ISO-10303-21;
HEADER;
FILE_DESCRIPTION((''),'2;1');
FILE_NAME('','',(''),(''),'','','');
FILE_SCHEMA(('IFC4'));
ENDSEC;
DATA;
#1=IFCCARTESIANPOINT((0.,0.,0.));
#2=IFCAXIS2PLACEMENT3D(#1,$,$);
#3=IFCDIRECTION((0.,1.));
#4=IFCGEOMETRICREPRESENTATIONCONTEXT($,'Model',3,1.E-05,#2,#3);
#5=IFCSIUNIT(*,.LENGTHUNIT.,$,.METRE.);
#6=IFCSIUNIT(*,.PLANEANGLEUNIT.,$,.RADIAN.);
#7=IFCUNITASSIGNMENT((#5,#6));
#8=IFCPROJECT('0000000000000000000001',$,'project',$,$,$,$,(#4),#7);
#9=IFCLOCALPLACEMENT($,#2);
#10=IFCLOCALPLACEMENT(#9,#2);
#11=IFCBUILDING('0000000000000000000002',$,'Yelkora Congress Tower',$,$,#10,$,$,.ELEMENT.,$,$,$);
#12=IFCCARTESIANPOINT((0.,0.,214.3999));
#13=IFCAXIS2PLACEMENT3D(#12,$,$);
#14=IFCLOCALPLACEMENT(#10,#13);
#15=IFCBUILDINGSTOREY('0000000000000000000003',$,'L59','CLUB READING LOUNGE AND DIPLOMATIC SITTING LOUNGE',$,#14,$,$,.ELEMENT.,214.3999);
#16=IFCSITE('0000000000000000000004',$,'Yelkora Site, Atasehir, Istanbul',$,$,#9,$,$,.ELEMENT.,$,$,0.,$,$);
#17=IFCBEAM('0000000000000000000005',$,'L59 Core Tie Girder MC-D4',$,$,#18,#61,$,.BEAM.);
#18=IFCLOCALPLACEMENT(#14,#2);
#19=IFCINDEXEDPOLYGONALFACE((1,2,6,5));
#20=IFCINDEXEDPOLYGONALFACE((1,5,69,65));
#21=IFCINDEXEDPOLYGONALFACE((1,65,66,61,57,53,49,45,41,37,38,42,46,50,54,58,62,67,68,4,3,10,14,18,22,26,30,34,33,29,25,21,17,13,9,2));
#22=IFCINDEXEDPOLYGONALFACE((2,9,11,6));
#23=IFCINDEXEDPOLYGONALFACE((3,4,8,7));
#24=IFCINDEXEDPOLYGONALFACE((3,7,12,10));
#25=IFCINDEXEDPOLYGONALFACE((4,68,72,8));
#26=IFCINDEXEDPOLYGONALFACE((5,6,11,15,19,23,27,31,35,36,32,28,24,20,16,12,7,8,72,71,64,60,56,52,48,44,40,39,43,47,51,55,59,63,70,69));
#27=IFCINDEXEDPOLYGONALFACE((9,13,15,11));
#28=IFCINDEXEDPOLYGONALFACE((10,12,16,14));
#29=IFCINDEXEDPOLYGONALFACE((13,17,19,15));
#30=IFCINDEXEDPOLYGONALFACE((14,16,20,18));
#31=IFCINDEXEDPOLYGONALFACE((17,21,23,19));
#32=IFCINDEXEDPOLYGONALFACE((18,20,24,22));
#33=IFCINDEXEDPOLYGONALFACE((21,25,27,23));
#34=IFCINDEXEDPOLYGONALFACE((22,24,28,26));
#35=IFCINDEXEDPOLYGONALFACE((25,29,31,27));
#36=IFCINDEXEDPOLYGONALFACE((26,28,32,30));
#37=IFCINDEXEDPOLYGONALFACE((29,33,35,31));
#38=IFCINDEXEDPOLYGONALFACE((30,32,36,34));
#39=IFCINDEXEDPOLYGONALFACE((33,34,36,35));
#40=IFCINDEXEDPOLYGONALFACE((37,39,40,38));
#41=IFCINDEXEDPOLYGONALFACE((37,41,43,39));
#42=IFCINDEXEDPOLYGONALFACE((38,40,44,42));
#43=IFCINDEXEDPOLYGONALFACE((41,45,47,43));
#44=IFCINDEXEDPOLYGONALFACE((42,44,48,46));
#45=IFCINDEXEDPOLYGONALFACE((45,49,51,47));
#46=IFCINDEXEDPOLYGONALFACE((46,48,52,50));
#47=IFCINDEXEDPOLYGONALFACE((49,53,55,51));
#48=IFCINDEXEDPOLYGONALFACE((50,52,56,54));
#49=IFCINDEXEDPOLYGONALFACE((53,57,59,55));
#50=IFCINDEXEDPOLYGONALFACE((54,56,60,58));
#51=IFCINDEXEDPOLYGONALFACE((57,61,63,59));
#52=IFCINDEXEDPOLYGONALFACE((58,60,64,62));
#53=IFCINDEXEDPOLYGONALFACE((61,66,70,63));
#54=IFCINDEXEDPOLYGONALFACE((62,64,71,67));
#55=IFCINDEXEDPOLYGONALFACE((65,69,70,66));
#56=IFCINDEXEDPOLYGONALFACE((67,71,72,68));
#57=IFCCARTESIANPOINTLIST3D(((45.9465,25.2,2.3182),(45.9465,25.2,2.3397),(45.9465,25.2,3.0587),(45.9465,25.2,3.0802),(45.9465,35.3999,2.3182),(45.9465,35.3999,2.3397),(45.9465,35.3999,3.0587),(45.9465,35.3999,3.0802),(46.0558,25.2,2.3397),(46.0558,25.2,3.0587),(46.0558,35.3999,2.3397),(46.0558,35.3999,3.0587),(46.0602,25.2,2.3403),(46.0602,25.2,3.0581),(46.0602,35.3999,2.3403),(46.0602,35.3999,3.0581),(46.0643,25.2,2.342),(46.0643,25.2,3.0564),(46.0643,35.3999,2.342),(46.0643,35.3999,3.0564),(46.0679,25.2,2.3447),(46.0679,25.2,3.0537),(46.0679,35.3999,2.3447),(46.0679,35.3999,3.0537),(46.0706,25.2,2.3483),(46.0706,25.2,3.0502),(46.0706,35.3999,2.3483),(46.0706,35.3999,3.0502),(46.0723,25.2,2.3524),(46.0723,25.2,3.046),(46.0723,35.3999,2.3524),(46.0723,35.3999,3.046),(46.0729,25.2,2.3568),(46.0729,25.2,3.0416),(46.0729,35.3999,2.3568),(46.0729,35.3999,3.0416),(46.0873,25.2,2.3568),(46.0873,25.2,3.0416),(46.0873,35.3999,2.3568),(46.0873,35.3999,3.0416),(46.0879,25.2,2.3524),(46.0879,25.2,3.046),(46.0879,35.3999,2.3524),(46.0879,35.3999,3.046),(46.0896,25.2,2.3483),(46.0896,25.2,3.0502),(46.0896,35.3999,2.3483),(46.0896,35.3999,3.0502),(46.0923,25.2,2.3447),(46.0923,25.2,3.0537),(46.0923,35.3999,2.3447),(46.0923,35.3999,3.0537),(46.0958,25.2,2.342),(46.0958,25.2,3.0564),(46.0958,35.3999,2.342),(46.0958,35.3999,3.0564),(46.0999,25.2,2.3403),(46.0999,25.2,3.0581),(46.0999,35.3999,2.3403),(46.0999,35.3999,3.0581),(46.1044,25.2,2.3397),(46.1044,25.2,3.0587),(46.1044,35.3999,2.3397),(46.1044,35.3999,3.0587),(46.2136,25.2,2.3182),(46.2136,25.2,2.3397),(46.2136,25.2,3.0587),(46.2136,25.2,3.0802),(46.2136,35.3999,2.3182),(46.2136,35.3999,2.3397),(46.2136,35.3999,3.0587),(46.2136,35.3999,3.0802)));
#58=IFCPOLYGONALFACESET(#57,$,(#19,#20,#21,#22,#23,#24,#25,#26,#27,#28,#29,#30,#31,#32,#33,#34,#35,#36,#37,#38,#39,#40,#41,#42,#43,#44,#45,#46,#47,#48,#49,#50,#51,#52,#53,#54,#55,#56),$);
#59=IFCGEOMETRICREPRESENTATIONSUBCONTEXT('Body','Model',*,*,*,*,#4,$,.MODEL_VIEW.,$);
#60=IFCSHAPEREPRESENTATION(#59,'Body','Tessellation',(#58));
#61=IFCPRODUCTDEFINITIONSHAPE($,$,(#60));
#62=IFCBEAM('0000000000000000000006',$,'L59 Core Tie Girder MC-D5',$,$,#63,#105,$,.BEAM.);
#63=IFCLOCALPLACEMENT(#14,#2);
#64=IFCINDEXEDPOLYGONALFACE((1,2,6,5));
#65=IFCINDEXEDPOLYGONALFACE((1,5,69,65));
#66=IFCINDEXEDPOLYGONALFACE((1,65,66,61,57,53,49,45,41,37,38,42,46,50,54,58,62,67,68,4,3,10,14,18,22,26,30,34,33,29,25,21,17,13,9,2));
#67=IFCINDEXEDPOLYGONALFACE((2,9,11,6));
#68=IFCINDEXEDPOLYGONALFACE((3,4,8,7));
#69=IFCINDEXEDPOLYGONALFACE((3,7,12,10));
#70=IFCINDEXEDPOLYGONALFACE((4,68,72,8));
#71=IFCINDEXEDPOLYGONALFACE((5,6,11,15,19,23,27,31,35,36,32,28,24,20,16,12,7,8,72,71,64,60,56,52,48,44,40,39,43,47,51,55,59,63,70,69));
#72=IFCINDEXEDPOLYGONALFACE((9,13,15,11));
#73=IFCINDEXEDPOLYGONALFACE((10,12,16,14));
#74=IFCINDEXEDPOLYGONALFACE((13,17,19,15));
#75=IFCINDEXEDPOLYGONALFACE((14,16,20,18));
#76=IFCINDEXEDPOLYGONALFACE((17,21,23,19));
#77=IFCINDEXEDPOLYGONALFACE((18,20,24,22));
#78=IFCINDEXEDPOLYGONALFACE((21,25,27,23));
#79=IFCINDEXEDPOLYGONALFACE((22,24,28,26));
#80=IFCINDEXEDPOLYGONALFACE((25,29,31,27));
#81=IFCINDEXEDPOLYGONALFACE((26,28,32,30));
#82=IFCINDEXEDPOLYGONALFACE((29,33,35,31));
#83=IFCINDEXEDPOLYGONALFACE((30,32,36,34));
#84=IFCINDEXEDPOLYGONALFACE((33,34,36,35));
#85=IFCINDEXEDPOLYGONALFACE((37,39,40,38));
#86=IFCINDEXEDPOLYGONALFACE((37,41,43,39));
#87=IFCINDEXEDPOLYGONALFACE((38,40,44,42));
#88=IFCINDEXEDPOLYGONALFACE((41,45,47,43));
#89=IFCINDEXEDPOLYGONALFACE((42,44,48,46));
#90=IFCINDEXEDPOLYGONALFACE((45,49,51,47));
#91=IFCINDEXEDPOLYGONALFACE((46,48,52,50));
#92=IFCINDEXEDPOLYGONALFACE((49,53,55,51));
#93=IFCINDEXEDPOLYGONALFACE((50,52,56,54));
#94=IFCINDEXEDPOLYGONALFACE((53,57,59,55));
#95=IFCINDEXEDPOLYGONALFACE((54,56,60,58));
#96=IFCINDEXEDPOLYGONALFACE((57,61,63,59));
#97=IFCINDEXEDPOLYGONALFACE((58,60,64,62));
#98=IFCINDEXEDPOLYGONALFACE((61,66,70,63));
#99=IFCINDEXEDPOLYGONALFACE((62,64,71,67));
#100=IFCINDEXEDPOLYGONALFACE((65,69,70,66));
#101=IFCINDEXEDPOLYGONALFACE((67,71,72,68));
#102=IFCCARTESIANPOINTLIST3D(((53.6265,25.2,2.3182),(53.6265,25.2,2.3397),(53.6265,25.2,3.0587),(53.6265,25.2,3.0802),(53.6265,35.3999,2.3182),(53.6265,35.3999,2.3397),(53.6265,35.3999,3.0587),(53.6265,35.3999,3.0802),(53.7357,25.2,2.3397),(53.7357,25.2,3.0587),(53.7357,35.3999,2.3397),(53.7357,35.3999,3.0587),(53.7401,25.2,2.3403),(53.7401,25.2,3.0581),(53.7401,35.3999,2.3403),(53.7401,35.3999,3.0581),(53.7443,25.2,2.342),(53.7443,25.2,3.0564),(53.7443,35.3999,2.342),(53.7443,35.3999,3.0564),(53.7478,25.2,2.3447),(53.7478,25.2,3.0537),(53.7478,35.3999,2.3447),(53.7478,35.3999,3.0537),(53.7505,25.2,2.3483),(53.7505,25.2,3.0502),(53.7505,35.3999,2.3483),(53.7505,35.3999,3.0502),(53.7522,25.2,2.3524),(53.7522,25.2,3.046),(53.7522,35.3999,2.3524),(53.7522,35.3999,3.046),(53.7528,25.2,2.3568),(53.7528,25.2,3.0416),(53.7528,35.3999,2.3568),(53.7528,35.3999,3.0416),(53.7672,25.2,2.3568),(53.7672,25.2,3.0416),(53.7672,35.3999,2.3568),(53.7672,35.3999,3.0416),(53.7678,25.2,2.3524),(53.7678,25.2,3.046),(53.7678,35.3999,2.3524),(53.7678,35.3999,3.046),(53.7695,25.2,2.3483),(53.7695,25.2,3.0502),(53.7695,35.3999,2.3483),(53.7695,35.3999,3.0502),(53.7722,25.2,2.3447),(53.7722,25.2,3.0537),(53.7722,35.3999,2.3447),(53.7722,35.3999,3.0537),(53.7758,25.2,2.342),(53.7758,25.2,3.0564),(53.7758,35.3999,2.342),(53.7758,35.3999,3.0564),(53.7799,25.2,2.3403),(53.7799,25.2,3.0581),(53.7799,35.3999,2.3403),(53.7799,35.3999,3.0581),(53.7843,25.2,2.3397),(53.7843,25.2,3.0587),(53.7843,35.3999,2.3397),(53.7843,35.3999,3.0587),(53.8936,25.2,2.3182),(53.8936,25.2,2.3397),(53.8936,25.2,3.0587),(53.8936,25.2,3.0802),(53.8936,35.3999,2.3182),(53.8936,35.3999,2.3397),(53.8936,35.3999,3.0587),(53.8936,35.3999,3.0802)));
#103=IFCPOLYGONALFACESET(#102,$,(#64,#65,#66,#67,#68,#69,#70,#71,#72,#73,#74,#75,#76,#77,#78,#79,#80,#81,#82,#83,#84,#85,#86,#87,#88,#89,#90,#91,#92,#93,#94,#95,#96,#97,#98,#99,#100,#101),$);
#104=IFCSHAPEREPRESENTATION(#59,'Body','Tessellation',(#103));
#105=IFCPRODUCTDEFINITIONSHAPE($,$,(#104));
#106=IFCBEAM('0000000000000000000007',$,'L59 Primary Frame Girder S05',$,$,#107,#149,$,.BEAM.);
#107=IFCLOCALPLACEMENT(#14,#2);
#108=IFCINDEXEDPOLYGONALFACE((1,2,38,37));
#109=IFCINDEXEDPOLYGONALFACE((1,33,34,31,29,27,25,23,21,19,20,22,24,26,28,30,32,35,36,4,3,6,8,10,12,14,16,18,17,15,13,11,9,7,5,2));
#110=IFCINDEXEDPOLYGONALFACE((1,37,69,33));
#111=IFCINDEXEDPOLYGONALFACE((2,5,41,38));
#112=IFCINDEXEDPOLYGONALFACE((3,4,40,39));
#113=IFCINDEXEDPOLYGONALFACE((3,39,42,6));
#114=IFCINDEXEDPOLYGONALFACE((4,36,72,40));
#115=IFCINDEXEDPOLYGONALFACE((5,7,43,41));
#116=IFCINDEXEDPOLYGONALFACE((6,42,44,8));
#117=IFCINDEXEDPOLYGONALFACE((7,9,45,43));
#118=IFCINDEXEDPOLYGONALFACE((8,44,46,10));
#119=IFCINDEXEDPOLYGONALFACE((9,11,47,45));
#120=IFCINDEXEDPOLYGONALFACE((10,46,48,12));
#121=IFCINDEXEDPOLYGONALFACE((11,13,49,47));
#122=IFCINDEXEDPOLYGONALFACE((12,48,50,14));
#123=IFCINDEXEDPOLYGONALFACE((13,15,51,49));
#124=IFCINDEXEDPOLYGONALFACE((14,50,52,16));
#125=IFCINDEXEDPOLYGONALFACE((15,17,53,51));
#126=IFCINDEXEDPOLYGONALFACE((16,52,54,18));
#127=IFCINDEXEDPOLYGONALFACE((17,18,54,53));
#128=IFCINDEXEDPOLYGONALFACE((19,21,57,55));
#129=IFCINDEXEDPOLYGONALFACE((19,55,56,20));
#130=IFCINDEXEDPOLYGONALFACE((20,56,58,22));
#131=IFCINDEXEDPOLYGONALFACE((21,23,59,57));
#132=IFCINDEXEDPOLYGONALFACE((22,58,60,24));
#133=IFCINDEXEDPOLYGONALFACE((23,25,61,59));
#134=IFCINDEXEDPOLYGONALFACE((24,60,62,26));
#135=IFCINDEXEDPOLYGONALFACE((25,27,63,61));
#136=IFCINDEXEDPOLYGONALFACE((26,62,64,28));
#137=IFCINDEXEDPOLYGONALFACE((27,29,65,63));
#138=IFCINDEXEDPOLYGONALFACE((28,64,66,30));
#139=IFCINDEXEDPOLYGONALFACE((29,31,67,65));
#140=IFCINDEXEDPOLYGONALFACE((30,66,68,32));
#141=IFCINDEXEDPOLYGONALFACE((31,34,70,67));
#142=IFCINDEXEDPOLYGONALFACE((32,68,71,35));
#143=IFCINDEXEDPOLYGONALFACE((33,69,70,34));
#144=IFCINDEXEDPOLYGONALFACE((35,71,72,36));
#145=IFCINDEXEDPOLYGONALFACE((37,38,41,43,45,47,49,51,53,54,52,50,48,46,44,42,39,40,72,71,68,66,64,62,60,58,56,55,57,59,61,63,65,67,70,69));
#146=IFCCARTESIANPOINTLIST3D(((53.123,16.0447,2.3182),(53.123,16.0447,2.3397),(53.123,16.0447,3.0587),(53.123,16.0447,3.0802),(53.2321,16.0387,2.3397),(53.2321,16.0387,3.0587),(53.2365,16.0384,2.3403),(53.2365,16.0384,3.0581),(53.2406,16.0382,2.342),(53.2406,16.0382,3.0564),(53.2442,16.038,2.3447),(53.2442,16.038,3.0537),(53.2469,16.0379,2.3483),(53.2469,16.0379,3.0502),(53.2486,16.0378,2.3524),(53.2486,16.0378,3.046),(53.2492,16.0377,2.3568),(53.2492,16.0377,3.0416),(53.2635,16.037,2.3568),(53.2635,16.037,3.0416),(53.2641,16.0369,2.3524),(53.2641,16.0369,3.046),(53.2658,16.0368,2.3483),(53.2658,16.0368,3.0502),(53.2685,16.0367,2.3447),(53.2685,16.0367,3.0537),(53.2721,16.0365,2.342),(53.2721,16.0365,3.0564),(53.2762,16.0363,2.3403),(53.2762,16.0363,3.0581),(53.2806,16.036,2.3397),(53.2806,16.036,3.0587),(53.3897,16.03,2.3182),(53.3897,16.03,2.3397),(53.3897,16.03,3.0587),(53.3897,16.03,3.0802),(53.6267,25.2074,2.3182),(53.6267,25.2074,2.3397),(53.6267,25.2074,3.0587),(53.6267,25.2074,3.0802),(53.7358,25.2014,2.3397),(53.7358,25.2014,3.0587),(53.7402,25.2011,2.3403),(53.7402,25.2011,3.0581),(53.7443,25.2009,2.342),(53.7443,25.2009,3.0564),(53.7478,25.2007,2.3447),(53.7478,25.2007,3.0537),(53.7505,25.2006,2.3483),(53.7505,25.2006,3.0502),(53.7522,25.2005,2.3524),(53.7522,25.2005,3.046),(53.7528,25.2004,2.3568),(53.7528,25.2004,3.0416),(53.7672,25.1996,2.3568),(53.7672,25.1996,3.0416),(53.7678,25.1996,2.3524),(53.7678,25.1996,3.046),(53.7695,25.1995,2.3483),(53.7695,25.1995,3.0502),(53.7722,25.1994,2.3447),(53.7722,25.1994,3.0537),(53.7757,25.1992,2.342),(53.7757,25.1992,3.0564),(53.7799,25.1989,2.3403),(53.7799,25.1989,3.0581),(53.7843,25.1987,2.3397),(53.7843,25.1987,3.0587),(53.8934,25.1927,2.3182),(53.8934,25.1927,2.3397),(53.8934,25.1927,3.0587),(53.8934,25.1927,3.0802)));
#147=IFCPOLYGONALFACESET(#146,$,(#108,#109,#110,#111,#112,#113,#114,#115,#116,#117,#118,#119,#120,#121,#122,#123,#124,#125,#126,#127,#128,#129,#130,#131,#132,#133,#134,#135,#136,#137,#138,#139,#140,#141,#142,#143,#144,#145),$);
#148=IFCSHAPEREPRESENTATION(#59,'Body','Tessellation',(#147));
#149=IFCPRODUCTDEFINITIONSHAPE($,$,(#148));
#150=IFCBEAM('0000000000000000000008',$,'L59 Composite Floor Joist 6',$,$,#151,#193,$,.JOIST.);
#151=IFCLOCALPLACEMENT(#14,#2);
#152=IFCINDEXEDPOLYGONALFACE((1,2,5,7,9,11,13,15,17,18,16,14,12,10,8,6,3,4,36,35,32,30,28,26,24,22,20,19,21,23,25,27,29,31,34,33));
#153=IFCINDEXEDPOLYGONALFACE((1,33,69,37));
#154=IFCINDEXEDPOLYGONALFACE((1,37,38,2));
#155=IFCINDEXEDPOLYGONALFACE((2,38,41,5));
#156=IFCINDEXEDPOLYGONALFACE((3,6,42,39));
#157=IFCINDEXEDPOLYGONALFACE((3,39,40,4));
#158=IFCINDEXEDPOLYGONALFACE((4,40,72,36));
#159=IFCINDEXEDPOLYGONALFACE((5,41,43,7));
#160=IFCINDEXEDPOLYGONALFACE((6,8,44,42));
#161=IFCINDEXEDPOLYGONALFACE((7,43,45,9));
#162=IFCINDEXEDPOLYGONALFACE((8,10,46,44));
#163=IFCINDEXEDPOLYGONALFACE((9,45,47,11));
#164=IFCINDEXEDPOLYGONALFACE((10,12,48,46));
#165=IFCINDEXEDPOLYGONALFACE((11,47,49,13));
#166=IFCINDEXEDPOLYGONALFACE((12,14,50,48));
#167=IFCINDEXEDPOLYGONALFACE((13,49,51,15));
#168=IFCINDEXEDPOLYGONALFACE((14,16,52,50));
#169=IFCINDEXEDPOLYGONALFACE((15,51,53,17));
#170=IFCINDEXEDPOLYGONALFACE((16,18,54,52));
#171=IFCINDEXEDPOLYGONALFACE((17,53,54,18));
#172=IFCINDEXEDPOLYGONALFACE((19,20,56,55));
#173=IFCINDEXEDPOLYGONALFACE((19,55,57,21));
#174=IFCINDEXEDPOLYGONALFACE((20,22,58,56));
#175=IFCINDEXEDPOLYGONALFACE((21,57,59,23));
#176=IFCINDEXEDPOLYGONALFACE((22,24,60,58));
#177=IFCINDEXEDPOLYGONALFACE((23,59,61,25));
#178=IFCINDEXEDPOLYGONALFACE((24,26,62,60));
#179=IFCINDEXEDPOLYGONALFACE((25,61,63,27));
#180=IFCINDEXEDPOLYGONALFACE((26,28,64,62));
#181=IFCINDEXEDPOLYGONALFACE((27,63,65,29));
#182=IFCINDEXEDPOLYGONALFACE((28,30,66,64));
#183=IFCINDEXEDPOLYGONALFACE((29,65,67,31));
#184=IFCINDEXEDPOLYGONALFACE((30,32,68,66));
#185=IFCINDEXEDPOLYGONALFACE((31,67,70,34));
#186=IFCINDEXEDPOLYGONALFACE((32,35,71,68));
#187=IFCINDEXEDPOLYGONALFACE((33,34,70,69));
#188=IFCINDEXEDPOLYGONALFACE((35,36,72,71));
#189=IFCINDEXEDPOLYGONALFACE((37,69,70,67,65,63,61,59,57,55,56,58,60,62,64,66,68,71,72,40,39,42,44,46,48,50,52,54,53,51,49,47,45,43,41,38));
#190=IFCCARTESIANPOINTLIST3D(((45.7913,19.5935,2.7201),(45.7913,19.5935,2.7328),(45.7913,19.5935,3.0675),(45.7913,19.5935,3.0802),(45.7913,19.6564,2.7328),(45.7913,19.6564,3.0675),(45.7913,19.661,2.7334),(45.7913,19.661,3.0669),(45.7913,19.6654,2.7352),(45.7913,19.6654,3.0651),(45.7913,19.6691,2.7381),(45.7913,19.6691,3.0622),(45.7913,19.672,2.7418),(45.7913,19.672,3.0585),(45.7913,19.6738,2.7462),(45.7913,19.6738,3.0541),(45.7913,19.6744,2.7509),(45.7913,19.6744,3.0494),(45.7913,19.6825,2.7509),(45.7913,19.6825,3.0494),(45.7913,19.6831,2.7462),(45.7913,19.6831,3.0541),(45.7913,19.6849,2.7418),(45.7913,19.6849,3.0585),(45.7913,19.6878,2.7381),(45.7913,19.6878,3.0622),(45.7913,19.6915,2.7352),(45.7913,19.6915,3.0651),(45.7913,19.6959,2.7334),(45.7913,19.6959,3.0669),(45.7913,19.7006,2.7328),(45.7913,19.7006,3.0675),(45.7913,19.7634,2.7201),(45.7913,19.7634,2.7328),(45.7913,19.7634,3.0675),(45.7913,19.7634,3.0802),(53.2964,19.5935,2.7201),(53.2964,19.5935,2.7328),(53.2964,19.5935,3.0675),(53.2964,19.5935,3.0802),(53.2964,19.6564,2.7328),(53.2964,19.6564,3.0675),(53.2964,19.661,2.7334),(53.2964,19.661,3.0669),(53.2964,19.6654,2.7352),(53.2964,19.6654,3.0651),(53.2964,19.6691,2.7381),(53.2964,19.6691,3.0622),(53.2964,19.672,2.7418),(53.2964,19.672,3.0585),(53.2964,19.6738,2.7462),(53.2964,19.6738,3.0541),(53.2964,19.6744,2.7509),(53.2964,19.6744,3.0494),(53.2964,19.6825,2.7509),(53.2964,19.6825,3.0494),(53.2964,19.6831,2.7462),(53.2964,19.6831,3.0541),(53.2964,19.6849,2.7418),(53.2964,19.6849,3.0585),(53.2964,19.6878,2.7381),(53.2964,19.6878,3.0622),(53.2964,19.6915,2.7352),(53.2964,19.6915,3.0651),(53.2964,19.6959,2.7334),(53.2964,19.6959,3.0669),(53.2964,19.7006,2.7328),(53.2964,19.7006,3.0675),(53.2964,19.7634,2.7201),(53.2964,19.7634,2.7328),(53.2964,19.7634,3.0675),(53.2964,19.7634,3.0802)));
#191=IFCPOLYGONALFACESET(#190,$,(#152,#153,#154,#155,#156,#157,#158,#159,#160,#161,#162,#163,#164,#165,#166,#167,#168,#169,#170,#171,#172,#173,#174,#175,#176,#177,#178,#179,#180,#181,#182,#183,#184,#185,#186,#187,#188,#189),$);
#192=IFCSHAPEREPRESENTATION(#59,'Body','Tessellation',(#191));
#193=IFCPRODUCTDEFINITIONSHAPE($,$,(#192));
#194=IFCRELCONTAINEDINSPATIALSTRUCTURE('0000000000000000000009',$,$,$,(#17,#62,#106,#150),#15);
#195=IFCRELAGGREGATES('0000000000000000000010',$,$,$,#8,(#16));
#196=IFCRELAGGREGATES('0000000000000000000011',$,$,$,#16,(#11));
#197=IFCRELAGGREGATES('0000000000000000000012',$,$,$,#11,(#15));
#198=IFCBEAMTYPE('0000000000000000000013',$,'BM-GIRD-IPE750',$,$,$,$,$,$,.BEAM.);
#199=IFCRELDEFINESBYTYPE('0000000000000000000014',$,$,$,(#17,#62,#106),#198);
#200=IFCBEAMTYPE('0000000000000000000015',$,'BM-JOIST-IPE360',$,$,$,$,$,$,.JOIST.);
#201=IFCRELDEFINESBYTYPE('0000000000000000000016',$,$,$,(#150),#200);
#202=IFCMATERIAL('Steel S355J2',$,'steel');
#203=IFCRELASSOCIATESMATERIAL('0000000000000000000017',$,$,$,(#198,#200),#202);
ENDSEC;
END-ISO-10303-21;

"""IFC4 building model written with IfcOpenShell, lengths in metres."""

from ifc_helpers import new_model, si_unit, direction, frame, origin, origin_2d, place, context, subcontext, project, spatial, i_section, extrude, material, material_profile, profile_set, type_object, element, save


model = new_model("IFC4")

# Units and contexts
model_context = context("Model", 3, precision=1e-05, world=origin(), true_north=direction((0.0, 1.0)))
body_context = subcontext(model_context, "Body", "Model", "MODEL_VIEW")
ifc_project = project(units=[si_unit("LENGTHUNIT", "METRE"), si_unit("PLANEANGLEUNIT", "RADIAN")], contexts=[model_context])

# Site, building, storey
site_placement = place(None, origin())
site = spatial("IfcSite", under=ifc_project, at=site_placement, Name="Yelkora Site, Atasehir, Istanbul", CompositionType="ELEMENT", RefElevation=0.0)
building_placement = place(site_placement, origin())
building = spatial("IfcBuilding", under=site, at=building_placement, Name="Yelkora Congress Tower", CompositionType="ELEMENT")
storey_placement = place(building_placement, frame((0.0, 0.0, 214.3999)))
storey = spatial("IfcBuildingStorey", under=building, at=storey_placement, Name="L59", Description="CLUB READING LOUNGE AND DIPLOMATIC SITTING LOUNGE", CompositionType="ELEMENT", Elevation=214.3999)

# Shared definitions
ifc_material_1 = material(Name="Steel S355J2", Category="steel")

# Beams
ifc_material_profile_1 = material_profile(ifc_material_1, i_section(OverallWidth=0.2671, OverallDepth=0.762, WebThickness=0.0144, FlangeThickness=0.0215, FilletRadius=0.0171, at=origin_2d()), Name="IPE 750x173")
ifc_profile_set_1 = profile_set([ifc_material_profile_1], Name="Steel S355J2")
beam_type_1 = type_object("IfcBeamType", Name="BM-GIRD-IPE750", PredefinedType="BEAM", material=ifc_profile_set_1)
for number, where, z_axis, x_axis, name in (
    (1, (46.0801, 25.2, 2.6992), (0.0, 1.0, 0.0), (-1.0, 0.0, 0.0), "L59 Core Tie Girder MC-D4"),
    (2, (53.76, 25.2, 2.6992), (0.0, 1.0, 0.0), (-1.0, 0.0, 0.0), "L59 Core Tie Girder MC-D5"),
):
    element("IfcBeam", number, at=place(storey_placement, frame(where, z_axis=z_axis, x_axis=x_axis)), inside=storey, type_object=beam_type_1, Name=name, PredefinedType="BEAM", context=body_context, shape_type="SweptSolid", body=[
        extrude(i_section(OverallWidth=0.2671, OverallDepth=0.762, WebThickness=0.0144, FlangeThickness=0.0215, FilletRadius=0.0171, at=origin_2d()), origin(), (0.0, 0.0, 1.0), 10.2),
    ])
beam_1_placement = place(storey_placement, frame((53.2563, 16.0374, 2.6992), z_axis=(0.054886, 0.998493, 0.0), x_axis=(-0.998493, 0.054886, 0.0)))
element("IfcBeam", 3, at=beam_1_placement, inside=storey, type_object=beam_type_1, Name="L59 Primary Frame Girder S05", PredefinedType="BEAM", context=body_context, shape_type="SweptSolid", body=[
    extrude(i_section(OverallWidth=0.2671, OverallDepth=0.762, WebThickness=0.0144, FlangeThickness=0.0215, FilletRadius=0.0171, at=origin_2d()), origin(), (0.0, 0.0, 1.0), 9.1765),
])
ifc_material_profile_2 = material_profile(ifc_material_1, i_section(OverallWidth=0.1699, OverallDepth=0.3601, WebThickness=0.0081, FlangeThickness=0.0127, FilletRadius=0.0181, at=origin_2d()), Name="IPE 360")
ifc_profile_set_2 = profile_set([ifc_material_profile_2], Name="Steel S355J2")
beam_type_2 = type_object("IfcBeamType", Name="BM-JOIST-IPE360", PredefinedType="JOIST", material=ifc_profile_set_2)
beam_2_placement = place(storey_placement, frame((45.7913, 19.6785, 2.9001), z_axis=(1.0, 0.0, 0.0), x_axis=(0.0, 1.0, 0.0)))
element("IfcBeam", 4, at=beam_2_placement, inside=storey, type_object=beam_type_2, Name="L59 Composite Floor Joist 6", PredefinedType="JOIST", context=body_context, shape_type="SweptSolid", body=[
    extrude(i_section(OverallWidth=0.1699, OverallDepth=0.3601, WebThickness=0.0081, FlangeThickness=0.0127, FilletRadius=0.0181, at=origin_2d()), origin(), (0.0, 0.0, 1.0), 7.5051),
])

save(model, "model.ifc")
